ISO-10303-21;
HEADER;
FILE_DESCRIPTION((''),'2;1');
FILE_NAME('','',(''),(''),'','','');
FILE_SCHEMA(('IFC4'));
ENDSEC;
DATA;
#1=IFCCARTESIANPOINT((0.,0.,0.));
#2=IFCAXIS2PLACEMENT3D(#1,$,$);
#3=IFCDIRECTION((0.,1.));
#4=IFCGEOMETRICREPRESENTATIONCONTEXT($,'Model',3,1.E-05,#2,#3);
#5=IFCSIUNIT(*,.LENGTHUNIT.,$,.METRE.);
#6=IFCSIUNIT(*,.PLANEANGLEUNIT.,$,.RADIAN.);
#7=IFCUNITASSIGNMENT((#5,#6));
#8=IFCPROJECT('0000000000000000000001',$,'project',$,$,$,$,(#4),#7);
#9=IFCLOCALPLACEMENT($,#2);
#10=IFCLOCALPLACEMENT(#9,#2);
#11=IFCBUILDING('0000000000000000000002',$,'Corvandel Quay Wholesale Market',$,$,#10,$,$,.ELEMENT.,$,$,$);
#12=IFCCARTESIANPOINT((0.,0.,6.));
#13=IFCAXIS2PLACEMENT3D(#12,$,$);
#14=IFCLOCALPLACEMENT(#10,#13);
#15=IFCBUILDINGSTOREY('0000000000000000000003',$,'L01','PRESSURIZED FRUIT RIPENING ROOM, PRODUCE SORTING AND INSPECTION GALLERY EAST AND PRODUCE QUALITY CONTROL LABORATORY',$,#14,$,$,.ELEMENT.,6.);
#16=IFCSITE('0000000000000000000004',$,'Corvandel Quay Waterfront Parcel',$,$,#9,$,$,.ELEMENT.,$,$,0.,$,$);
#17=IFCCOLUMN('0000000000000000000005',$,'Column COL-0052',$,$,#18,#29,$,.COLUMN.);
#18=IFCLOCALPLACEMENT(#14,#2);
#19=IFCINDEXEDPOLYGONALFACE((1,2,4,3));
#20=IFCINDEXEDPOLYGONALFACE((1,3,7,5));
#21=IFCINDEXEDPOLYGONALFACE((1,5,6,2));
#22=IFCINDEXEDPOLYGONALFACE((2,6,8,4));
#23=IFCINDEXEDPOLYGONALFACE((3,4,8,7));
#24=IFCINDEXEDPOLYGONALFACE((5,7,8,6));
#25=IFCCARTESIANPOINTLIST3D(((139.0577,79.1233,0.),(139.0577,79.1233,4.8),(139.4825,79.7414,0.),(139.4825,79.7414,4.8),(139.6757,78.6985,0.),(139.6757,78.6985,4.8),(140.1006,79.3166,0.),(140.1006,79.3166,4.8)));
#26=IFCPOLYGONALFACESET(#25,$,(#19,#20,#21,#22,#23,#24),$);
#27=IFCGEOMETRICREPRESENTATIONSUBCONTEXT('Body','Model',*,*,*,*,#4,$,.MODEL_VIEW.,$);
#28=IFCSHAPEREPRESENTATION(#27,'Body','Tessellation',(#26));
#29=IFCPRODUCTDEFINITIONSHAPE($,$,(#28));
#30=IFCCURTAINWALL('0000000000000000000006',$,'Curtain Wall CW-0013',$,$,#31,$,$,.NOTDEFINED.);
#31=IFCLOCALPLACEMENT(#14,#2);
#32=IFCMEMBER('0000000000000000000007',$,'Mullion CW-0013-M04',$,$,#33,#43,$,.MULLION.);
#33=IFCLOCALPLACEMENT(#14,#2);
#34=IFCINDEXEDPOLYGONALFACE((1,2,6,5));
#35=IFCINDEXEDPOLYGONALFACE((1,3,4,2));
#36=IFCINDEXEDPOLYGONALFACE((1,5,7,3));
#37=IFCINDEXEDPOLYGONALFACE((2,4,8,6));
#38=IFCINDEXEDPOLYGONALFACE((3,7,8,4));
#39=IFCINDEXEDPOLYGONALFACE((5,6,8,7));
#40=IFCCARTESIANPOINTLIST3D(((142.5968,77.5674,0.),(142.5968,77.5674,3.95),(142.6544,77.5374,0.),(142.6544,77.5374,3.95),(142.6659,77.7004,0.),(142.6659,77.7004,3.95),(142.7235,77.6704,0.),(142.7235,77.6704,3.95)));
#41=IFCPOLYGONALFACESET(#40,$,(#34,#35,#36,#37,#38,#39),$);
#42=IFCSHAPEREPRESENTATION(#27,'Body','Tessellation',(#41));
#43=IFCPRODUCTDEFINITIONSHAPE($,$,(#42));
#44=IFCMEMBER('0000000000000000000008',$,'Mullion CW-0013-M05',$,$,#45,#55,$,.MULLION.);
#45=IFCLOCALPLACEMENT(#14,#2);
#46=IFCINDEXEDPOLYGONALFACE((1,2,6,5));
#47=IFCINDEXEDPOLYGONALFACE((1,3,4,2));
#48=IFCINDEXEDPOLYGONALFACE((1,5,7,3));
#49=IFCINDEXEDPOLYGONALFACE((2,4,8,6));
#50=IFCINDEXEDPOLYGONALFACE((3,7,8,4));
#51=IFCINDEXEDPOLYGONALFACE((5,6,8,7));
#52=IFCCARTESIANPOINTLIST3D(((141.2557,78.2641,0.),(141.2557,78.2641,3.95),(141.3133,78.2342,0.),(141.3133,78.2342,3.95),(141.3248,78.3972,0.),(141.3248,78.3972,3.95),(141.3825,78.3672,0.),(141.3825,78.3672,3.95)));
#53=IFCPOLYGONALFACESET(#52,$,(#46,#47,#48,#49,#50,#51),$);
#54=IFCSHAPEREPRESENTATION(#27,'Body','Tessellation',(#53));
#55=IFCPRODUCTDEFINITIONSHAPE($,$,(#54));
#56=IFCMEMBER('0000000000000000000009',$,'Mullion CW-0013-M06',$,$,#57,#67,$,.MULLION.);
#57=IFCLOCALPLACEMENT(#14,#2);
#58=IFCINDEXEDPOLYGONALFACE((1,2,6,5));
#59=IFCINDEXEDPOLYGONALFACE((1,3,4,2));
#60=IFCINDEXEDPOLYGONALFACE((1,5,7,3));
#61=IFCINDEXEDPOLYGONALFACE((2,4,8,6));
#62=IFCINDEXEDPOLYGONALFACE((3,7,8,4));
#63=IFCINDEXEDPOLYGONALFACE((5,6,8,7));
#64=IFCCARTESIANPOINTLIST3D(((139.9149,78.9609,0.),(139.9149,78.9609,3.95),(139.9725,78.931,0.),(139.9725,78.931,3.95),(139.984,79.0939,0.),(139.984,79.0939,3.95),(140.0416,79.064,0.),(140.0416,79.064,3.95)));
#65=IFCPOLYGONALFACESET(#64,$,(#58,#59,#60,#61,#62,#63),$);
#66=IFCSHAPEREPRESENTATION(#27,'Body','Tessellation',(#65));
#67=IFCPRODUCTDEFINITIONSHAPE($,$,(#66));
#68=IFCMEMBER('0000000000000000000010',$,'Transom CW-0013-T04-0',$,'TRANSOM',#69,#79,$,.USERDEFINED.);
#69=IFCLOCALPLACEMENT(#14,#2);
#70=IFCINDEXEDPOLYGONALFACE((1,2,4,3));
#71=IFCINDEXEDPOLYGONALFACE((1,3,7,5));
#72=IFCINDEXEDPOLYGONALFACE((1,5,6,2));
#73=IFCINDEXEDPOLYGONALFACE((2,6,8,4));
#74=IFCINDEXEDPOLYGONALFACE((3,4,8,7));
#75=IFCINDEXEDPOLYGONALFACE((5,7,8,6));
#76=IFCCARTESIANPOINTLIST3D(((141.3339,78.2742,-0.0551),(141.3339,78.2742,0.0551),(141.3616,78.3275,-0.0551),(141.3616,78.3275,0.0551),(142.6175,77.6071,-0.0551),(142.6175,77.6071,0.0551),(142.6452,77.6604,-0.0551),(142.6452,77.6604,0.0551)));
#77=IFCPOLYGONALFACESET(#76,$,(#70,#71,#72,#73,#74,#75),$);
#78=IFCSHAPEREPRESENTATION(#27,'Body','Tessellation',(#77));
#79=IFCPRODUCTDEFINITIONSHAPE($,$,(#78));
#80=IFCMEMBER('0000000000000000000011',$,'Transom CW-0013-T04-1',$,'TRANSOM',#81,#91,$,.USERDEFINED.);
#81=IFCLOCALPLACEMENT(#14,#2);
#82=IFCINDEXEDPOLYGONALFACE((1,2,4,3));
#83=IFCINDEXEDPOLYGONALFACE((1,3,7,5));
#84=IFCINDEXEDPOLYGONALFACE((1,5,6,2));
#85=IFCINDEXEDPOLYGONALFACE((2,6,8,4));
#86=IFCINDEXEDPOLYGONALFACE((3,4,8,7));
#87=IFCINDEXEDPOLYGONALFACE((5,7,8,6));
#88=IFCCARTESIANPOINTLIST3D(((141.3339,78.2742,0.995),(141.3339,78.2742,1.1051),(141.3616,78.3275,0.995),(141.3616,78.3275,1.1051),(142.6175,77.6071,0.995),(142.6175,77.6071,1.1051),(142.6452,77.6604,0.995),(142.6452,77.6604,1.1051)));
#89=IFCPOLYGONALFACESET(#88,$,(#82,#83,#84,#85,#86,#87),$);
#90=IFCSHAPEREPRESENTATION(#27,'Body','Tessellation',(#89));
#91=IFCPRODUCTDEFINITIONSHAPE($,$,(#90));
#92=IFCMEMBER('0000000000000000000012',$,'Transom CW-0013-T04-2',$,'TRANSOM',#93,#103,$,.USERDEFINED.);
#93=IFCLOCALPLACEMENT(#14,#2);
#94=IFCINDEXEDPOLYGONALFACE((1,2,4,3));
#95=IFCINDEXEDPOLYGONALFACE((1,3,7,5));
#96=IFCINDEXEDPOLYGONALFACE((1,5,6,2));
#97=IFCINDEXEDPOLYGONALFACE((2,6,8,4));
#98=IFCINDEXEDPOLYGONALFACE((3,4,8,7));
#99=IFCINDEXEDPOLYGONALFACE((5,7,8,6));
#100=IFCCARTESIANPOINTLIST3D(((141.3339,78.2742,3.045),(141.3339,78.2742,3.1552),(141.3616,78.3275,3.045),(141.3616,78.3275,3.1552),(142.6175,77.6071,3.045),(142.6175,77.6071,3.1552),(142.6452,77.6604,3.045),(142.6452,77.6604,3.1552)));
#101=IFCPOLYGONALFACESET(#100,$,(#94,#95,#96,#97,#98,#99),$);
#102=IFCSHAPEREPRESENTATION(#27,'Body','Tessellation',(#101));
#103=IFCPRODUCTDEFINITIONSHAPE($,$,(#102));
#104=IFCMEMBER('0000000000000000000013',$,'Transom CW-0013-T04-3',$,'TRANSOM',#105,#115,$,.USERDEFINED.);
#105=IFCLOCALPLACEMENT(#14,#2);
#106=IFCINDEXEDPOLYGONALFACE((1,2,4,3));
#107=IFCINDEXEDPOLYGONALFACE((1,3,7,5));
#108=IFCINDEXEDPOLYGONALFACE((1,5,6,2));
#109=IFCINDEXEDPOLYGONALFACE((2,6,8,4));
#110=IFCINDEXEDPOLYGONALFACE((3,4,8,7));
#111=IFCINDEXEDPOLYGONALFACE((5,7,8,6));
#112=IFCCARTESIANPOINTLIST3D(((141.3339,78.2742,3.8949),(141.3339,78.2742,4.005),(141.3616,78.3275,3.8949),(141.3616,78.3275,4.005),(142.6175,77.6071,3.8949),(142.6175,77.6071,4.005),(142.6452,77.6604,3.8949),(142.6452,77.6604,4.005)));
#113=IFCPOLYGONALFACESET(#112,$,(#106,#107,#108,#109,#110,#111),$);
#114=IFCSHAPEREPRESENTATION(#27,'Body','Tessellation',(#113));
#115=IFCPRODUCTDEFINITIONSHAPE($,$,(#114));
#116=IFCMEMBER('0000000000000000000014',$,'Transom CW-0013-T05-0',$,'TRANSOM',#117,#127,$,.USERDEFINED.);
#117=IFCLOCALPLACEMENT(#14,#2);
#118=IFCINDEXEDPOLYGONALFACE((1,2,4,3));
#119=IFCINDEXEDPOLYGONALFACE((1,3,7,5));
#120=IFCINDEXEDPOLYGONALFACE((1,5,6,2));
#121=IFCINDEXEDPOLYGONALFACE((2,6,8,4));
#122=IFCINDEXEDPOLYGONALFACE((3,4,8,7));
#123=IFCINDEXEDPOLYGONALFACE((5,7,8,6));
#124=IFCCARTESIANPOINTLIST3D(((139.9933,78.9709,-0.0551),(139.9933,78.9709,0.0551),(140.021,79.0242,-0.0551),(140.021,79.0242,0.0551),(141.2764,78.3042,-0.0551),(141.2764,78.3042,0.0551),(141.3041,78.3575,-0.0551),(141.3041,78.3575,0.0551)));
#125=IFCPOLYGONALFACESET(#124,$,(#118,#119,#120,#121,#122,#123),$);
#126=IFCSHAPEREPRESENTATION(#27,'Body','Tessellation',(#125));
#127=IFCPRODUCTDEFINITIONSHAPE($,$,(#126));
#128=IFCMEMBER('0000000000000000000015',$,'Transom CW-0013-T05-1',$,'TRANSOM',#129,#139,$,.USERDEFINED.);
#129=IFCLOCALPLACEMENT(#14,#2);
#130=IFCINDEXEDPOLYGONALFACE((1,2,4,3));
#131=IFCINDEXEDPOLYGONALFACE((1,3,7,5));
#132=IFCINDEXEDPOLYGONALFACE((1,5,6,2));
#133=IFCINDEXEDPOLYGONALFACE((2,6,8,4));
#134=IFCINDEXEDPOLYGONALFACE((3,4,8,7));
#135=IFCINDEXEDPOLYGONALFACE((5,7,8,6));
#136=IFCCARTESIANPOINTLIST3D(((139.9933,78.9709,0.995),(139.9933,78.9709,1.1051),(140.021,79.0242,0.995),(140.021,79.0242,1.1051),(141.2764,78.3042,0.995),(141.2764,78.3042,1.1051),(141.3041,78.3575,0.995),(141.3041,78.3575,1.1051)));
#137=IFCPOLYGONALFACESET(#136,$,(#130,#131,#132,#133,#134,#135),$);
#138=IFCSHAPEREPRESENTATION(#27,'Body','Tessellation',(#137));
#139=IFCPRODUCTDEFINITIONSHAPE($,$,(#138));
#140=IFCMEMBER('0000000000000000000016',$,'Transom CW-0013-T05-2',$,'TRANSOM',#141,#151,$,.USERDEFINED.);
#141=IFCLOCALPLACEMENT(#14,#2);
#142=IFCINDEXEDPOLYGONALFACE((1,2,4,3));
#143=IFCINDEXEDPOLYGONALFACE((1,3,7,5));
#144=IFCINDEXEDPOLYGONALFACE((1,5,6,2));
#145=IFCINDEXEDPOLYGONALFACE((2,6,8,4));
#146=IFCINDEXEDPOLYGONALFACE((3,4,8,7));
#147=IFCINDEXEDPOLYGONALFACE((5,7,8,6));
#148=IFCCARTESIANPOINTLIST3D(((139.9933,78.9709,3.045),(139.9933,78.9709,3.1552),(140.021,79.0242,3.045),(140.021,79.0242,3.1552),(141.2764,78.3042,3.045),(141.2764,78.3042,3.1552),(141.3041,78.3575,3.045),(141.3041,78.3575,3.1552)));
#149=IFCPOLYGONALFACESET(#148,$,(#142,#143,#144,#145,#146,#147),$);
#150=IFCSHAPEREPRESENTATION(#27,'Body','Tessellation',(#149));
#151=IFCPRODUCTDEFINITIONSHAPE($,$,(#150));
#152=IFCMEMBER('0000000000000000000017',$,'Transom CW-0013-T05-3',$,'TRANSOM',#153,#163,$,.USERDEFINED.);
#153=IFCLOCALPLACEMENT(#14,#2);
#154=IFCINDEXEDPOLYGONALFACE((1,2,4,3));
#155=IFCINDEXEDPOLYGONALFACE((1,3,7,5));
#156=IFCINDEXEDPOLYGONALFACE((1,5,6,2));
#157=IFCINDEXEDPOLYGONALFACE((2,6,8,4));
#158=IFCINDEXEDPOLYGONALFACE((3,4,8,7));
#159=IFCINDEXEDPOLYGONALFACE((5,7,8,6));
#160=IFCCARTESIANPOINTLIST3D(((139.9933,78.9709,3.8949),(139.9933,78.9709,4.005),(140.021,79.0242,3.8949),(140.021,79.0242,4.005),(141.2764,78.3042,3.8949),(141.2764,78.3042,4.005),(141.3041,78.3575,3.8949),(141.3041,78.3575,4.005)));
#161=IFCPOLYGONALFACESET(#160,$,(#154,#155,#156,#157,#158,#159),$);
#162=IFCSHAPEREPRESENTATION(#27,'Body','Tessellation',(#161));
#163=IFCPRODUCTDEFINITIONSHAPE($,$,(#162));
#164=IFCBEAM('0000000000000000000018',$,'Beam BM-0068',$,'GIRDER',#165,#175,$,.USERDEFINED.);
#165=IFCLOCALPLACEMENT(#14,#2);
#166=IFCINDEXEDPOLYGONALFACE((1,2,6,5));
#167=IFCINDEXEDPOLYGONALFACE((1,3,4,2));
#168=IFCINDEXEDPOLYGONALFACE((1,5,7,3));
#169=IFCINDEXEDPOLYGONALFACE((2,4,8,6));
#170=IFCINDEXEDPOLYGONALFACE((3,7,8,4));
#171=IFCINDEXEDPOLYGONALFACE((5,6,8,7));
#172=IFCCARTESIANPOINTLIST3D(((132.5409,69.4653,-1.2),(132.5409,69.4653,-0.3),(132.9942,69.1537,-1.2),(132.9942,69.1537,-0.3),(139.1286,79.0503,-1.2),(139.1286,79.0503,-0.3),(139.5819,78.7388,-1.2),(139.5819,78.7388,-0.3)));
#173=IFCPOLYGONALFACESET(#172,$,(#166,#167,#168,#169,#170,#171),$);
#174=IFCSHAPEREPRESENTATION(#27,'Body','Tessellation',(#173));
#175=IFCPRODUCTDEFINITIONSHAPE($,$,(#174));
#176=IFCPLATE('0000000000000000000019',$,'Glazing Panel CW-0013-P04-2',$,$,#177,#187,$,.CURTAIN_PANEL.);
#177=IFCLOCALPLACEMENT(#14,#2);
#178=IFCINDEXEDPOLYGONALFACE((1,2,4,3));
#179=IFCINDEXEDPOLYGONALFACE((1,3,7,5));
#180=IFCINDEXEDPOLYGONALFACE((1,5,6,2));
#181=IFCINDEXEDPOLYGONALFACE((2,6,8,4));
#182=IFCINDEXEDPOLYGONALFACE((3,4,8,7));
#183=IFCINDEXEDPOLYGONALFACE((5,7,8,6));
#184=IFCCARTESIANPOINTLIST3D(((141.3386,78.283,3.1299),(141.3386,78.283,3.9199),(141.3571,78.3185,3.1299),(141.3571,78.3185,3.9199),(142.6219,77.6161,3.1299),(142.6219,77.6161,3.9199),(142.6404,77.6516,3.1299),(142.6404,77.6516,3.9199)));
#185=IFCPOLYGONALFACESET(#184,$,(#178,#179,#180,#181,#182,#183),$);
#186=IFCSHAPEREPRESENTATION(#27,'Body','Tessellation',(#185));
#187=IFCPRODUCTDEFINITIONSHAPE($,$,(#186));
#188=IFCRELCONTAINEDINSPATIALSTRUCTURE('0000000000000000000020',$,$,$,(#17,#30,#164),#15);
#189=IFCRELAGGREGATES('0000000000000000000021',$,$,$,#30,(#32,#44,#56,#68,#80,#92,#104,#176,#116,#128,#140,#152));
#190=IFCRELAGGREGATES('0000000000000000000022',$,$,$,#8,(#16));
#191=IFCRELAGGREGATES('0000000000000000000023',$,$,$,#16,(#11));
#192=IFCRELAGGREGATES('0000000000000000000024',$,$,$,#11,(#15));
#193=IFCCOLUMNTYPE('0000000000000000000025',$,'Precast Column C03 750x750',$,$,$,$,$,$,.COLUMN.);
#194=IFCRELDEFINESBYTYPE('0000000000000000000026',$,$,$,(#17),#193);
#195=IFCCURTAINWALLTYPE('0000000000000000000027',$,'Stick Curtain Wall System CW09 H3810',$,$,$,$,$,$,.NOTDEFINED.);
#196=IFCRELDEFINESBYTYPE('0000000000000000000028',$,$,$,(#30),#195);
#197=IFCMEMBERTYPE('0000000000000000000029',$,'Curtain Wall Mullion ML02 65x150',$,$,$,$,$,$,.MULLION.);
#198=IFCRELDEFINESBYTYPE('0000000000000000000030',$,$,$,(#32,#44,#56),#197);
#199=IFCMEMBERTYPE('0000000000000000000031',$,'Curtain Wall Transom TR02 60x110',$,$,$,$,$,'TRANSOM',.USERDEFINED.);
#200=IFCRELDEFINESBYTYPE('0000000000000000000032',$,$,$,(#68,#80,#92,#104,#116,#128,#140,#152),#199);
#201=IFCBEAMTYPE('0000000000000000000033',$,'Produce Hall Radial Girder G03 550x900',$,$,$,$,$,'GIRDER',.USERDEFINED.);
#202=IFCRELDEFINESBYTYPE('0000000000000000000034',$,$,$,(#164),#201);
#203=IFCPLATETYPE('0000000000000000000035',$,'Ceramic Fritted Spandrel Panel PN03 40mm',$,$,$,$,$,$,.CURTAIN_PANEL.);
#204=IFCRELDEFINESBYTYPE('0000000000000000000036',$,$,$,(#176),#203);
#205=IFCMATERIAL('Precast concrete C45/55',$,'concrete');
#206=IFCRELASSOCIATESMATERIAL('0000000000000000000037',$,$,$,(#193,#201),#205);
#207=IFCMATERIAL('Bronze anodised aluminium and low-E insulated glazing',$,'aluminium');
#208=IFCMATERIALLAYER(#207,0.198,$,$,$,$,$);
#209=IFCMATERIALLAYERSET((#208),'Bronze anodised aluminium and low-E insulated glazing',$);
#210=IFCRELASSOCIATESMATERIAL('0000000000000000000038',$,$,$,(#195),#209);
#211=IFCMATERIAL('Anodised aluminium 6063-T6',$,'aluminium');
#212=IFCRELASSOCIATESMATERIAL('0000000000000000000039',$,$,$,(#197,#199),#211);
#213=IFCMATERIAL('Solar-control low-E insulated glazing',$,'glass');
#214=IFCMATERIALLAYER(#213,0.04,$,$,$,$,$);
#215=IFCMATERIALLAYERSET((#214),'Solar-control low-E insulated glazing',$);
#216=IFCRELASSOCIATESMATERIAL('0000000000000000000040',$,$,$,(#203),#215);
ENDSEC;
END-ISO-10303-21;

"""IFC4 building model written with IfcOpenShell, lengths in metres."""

from ifc_helpers import new_model, si_unit, direction, frame, origin, origin_2d, place, context, subcontext, project, spatial, rectangle, extrude, material, layer, layer_set, material_profile, profile_set, type_object, element, aggregate, save


model = new_model("IFC4")

# Units and contexts
model_context = context("Model", 3, precision=1e-05, world=origin(), true_north=direction((0.0, 1.0)))
body_context = subcontext(model_context, "Body", "Model", "MODEL_VIEW")
ifc_project = project(units=[si_unit("LENGTHUNIT", "METRE"), si_unit("PLANEANGLEUNIT", "RADIAN")], contexts=[model_context])

# Site, building, storey
site_placement = place(None, origin())
site = spatial("IfcSite", under=ifc_project, at=site_placement, Name="Corvandel Quay Waterfront Parcel", CompositionType="ELEMENT", RefElevation=0.0)
building_placement = place(site_placement, origin())
building = spatial("IfcBuilding", under=site, at=building_placement, Name="Corvandel Quay Wholesale Market", CompositionType="ELEMENT")
storey_placement = place(building_placement, frame((0.0, 0.0, 6.0)))
storey = spatial("IfcBuildingStorey", under=building, at=storey_placement, Name="L01", Description="PRESSURIZED FRUIT RIPENING ROOM, PRODUCE SORTING AND INSPECTION GALLERY EAST AND PRODUCE QUALITY CONTROL LABORATORY", CompositionType="ELEMENT", Elevation=6.0)

# Column
ifc_material_1 = material(Name="Precast concrete C45/55", Category="concrete")
ifc_material_profile_1 = material_profile(ifc_material_1, rectangle(XDim=0.75, YDim=0.75, at=origin_2d()), Name="PC-COL-750x750")
ifc_profile_set_1 = profile_set([ifc_material_profile_1], Name="Precast concrete C45/55")
column_type = type_object("IfcColumnType", Name="Precast Column C03 750x750", PredefinedType="COLUMN", material=ifc_profile_set_1)
column_placement = place(storey_placement, frame((139.5791, 79.22, 0.0), z_axis=(0.0, 0.0, 1.0), x_axis=(-0.824126, 0.566406, 0.0)))
element("IfcColumn", 1, at=column_placement, inside=storey, type_object=column_type, Name="Column COL-0052", PredefinedType="COLUMN", context=body_context, shape_type="SweptSolid", body=[
    extrude(rectangle(XDim=0.75, YDim=0.75, at=origin_2d()), origin(), (0.0, 0.0, 1.0), 4.8),
])

# Curtain wall, members
ifc_material_2 = material(Name="Bronze anodised aluminium and low-E insulated glazing", Category="aluminium")
ifc_layer_1 = layer(ifc_material_2, 0.198)
ifc_layer_set_1 = layer_set([ifc_layer_1], Name="Bronze anodised aluminium and low-E insulated glazing")
curtain_wall_type = type_object("IfcCurtainWallType", Name="Stick Curtain Wall System CW09 H3810", PredefinedType="NOTDEFINED", material=ifc_layer_set_1)
curtain_wall_placement = place(storey_placement, origin())
curtain_wall = element("IfcCurtainWall", 2, at=curtain_wall_placement, inside=storey, type_object=curtain_wall_type, Name="Curtain Wall CW-0013", PredefinedType="NOTDEFINED")
ifc_material_3 = material(Name="Anodised aluminium 6063-T6", Category="aluminium")
ifc_material_profile_2 = material_profile(ifc_material_3, rectangle(XDim=0.0649, YDim=0.1499, at=origin_2d()), Name="ALU-MUL-65x150")
ifc_profile_set_2 = profile_set([ifc_material_profile_2], Name="Anodised aluminium 6063-T6")
member_type_1 = type_object("IfcMemberType", Name="Curtain Wall Mullion ML02 65x150", PredefinedType="MULLION", material=ifc_profile_set_2)
member_1_placement = place(storey_placement, frame((142.6602, 77.6189, 0.0), z_axis=(0.0, 0.0, 1.0), x_axis=(-0.887333, 0.461129, 0.0)))
member_1 = element("IfcMember", 3, at=member_1_placement, type_object=member_type_1, Name="Mullion CW-0013-M04", PredefinedType="MULLION", context=body_context, shape_type="SweptSolid", body=[
    extrude(rectangle(XDim=0.0649, YDim=0.1499, at=origin_2d()), origin(), (0.0, 0.0, 1.0), 3.95),
])
member_2_placement = place(storey_placement, frame((141.3191, 78.3157, 0.0), z_axis=(0.0, 0.0, 1.0), x_axis=(-0.887333, 0.461129, 0.0)))
member_2 = element("IfcMember", 4, at=member_2_placement, type_object=member_type_1, Name="Mullion CW-0013-M05", PredefinedType="MULLION", context=body_context, shape_type="SweptSolid", body=[
    extrude(rectangle(XDim=0.0649, YDim=0.1499, at=origin_2d()), origin(), (0.0, 0.0, 1.0), 3.95),
])
member_3_placement = place(storey_placement, frame((139.9783, 79.0125, 0.0), z_axis=(0.0, 0.0, 1.0), x_axis=(-0.887333, 0.461129, 0.0)))
member_3 = element("IfcMember", 5, at=member_3_placement, type_object=member_type_1, Name="Mullion CW-0013-M06", PredefinedType="MULLION", context=body_context, shape_type="SweptSolid", body=[
    extrude(rectangle(XDim=0.0649, YDim=0.1499, at=origin_2d()), origin(), (0.0, 0.0, 1.0), 3.95),
])
ifc_material_profile_3 = material_profile(ifc_material_3, rectangle(XDim=0.0601, YDim=0.1101, at=origin_2d()), Name="ALU-TRN-60x110")
ifc_profile_set_3 = profile_set([ifc_material_profile_3], Name="Anodised aluminium 6063-T6")
member_type_2 = type_object("IfcMemberType", Name="Curtain Wall Transom TR02 60x110", ElementType="TRANSOM", PredefinedType="USERDEFINED", material=ifc_profile_set_3)
member_4_placement = place(storey_placement, frame((142.6313, 77.6338, 0.0), z_axis=(-0.88733, 0.461135, 0.0), x_axis=(-0.461135, -0.88733, 0.0)))
member_4 = element("IfcMember", 6, at=member_4_placement, type_object=member_type_2, Name="Transom CW-0013-T04-0", ObjectType="TRANSOM", PredefinedType="USERDEFINED", context=body_context, shape_type="SweptSolid", body=[
    extrude(rectangle(XDim=0.0601, YDim=0.1101, at=origin_2d()), origin(), (0.0, 0.0, 1.0), 1.4465),
])
member_5_placement = place(storey_placement, frame((142.6313, 77.6338, 1.05), z_axis=(-0.88733, 0.461135, 0.0), x_axis=(-0.461135, -0.88733, 0.0)))
member_5 = element("IfcMember", 7, at=member_5_placement, type_object=member_type_2, Name="Transom CW-0013-T04-1", ObjectType="TRANSOM", PredefinedType="USERDEFINED", context=body_context, shape_type="SweptSolid", body=[
    extrude(rectangle(XDim=0.0601, YDim=0.1101, at=origin_2d()), origin(), (0.0, 0.0, 1.0), 1.4465),
])
member_6_placement = place(storey_placement, frame((142.6313, 77.6338, 3.1001), z_axis=(-0.88733, 0.461135, 0.0), x_axis=(-0.461135, -0.88733, 0.0)))
member_6 = element("IfcMember", 8, at=member_6_placement, type_object=member_type_2, Name="Transom CW-0013-T04-2", ObjectType="TRANSOM", PredefinedType="USERDEFINED", context=body_context, shape_type="SweptSolid", body=[
    extrude(rectangle(XDim=0.0601, YDim=0.1101, at=origin_2d()), origin(), (0.0, 0.0, 1.0), 1.4465),
])
member_7_placement = place(storey_placement, frame((142.6313, 77.6338, 3.95), z_axis=(-0.88733, 0.461135, 0.0), x_axis=(-0.461135, -0.88733, 0.0)))
member_7 = element("IfcMember", 9, at=member_7_placement, type_object=member_type_2, Name="Transom CW-0013-T04-3", ObjectType="TRANSOM", PredefinedType="USERDEFINED", context=body_context, shape_type="SweptSolid", body=[
    extrude(rectangle(XDim=0.0601, YDim=0.1101, at=origin_2d()), origin(), (0.0, 0.0, 1.0), 1.4465),
])
member_8_placement = place(storey_placement, frame((141.2903, 78.3308, 0.0), z_axis=(-0.887363, 0.461071, 0.0), x_axis=(-0.461071, -0.887363, 0.0)))
member_8 = element("IfcMember", 10, at=member_8_placement, type_object=member_type_2, Name="Transom CW-0013-T05-0", ObjectType="TRANSOM", PredefinedType="USERDEFINED", context=body_context, shape_type="SweptSolid", body=[
    extrude(rectangle(XDim=0.0601, YDim=0.1101, at=origin_2d()), origin(), (0.0, 0.0, 1.0), 1.446),
])
member_9_placement = place(storey_placement, frame((141.2903, 78.3308, 1.05), z_axis=(-0.887363, 0.461071, 0.0), x_axis=(-0.461071, -0.887363, 0.0)))
member_9 = element("IfcMember", 11, at=member_9_placement, type_object=member_type_2, Name="Transom CW-0013-T05-1", ObjectType="TRANSOM", PredefinedType="USERDEFINED", context=body_context, shape_type="SweptSolid", body=[
    extrude(rectangle(XDim=0.0601, YDim=0.1101, at=origin_2d()), origin(), (0.0, 0.0, 1.0), 1.446),
])
member_10_placement = place(storey_placement, frame((141.2903, 78.3308, 3.1001), z_axis=(-0.887363, 0.461071, 0.0), x_axis=(-0.461071, -0.887363, 0.0)))
member_10 = element("IfcMember", 12, at=member_10_placement, type_object=member_type_2, Name="Transom CW-0013-T05-2", ObjectType="TRANSOM", PredefinedType="USERDEFINED", context=body_context, shape_type="SweptSolid", body=[
    extrude(rectangle(XDim=0.0601, YDim=0.1101, at=origin_2d()), origin(), (0.0, 0.0, 1.0), 1.446),
])
member_11_placement = place(storey_placement, frame((141.2903, 78.3308, 3.95), z_axis=(-0.887363, 0.461071, 0.0), x_axis=(-0.461071, -0.887363, 0.0)))
member_11 = element("IfcMember", 13, at=member_11_placement, type_object=member_type_2, Name="Transom CW-0013-T05-3", ObjectType="TRANSOM", PredefinedType="USERDEFINED", context=body_context, shape_type="SweptSolid", body=[
    extrude(rectangle(XDim=0.0601, YDim=0.1101, at=origin_2d()), origin(), (0.0, 0.0, 1.0), 1.446),
])

# Beam
ifc_material_profile_4 = material_profile(ifc_material_1, rectangle(XDim=0.55, YDim=0.8999, at=origin_2d()), Name="PC-GIR-550x900")
ifc_profile_set_4 = profile_set([ifc_material_profile_4], Name="Precast concrete C45/55")
beam_type = type_object("IfcBeamType", Name="Produce Hall Radial Girder G03 550x900", ElementType="GIRDER", PredefinedType="USERDEFINED", material=ifc_profile_set_4)
beam_placement = place(storey_placement, frame((139.3552, 78.8945, -0.75), z_axis=(-0.566411, -0.824123, 0.0), x_axis=(0.824123, -0.566411, 0.0)))
element("IfcBeam", 14, at=beam_placement, inside=storey, type_object=beam_type, Name="Beam BM-0068", ObjectType="GIRDER", PredefinedType="USERDEFINED", context=body_context, shape_type="SweptSolid", body=[
    extrude(rectangle(XDim=0.55, YDim=0.8999, at=origin_2d()), origin(), (0.0, 0.0, 1.0), 11.6306),
])

# Plate
ifc_material_4 = material(Name="Solar-control low-E insulated glazing", Category="glass")
ifc_layer_2 = layer(ifc_material_4, 0.04)
ifc_layer_set_2 = layer_set([ifc_layer_2], Name="Solar-control low-E insulated glazing")
plate_type_1 = type_object("IfcPlateType", Name="Ceramic Fritted Spandrel Panel PN03 40mm", PredefinedType="CURTAIN_PANEL", material=ifc_layer_set_2)
plate_1_placement = place(storey_placement, frame((141.9895, 77.9673, 3.1299), z_axis=(0.0, 0.0, 1.0), x_axis=(-0.887333, 0.461129, 0.0)))
plate_1 = element("IfcPlate", 15, at=plate_1_placement, type_object=plate_type_1, Name="Glazing Panel CW-0013-P04-2", PredefinedType="CURTAIN_PANEL", context=body_context, shape_type="SweptSolid", body=[
    extrude(rectangle(XDim=1.4463, YDim=0.04, at=origin_2d()), origin(), (0.0, 0.0, 1.0), 0.79),
])
aggregate(curtain_wall, [member_1, member_2, member_3, member_4, member_5, member_6, member_7, plate_1, member_8, member_9, member_10, member_11])

save(model, "model.ifc")
